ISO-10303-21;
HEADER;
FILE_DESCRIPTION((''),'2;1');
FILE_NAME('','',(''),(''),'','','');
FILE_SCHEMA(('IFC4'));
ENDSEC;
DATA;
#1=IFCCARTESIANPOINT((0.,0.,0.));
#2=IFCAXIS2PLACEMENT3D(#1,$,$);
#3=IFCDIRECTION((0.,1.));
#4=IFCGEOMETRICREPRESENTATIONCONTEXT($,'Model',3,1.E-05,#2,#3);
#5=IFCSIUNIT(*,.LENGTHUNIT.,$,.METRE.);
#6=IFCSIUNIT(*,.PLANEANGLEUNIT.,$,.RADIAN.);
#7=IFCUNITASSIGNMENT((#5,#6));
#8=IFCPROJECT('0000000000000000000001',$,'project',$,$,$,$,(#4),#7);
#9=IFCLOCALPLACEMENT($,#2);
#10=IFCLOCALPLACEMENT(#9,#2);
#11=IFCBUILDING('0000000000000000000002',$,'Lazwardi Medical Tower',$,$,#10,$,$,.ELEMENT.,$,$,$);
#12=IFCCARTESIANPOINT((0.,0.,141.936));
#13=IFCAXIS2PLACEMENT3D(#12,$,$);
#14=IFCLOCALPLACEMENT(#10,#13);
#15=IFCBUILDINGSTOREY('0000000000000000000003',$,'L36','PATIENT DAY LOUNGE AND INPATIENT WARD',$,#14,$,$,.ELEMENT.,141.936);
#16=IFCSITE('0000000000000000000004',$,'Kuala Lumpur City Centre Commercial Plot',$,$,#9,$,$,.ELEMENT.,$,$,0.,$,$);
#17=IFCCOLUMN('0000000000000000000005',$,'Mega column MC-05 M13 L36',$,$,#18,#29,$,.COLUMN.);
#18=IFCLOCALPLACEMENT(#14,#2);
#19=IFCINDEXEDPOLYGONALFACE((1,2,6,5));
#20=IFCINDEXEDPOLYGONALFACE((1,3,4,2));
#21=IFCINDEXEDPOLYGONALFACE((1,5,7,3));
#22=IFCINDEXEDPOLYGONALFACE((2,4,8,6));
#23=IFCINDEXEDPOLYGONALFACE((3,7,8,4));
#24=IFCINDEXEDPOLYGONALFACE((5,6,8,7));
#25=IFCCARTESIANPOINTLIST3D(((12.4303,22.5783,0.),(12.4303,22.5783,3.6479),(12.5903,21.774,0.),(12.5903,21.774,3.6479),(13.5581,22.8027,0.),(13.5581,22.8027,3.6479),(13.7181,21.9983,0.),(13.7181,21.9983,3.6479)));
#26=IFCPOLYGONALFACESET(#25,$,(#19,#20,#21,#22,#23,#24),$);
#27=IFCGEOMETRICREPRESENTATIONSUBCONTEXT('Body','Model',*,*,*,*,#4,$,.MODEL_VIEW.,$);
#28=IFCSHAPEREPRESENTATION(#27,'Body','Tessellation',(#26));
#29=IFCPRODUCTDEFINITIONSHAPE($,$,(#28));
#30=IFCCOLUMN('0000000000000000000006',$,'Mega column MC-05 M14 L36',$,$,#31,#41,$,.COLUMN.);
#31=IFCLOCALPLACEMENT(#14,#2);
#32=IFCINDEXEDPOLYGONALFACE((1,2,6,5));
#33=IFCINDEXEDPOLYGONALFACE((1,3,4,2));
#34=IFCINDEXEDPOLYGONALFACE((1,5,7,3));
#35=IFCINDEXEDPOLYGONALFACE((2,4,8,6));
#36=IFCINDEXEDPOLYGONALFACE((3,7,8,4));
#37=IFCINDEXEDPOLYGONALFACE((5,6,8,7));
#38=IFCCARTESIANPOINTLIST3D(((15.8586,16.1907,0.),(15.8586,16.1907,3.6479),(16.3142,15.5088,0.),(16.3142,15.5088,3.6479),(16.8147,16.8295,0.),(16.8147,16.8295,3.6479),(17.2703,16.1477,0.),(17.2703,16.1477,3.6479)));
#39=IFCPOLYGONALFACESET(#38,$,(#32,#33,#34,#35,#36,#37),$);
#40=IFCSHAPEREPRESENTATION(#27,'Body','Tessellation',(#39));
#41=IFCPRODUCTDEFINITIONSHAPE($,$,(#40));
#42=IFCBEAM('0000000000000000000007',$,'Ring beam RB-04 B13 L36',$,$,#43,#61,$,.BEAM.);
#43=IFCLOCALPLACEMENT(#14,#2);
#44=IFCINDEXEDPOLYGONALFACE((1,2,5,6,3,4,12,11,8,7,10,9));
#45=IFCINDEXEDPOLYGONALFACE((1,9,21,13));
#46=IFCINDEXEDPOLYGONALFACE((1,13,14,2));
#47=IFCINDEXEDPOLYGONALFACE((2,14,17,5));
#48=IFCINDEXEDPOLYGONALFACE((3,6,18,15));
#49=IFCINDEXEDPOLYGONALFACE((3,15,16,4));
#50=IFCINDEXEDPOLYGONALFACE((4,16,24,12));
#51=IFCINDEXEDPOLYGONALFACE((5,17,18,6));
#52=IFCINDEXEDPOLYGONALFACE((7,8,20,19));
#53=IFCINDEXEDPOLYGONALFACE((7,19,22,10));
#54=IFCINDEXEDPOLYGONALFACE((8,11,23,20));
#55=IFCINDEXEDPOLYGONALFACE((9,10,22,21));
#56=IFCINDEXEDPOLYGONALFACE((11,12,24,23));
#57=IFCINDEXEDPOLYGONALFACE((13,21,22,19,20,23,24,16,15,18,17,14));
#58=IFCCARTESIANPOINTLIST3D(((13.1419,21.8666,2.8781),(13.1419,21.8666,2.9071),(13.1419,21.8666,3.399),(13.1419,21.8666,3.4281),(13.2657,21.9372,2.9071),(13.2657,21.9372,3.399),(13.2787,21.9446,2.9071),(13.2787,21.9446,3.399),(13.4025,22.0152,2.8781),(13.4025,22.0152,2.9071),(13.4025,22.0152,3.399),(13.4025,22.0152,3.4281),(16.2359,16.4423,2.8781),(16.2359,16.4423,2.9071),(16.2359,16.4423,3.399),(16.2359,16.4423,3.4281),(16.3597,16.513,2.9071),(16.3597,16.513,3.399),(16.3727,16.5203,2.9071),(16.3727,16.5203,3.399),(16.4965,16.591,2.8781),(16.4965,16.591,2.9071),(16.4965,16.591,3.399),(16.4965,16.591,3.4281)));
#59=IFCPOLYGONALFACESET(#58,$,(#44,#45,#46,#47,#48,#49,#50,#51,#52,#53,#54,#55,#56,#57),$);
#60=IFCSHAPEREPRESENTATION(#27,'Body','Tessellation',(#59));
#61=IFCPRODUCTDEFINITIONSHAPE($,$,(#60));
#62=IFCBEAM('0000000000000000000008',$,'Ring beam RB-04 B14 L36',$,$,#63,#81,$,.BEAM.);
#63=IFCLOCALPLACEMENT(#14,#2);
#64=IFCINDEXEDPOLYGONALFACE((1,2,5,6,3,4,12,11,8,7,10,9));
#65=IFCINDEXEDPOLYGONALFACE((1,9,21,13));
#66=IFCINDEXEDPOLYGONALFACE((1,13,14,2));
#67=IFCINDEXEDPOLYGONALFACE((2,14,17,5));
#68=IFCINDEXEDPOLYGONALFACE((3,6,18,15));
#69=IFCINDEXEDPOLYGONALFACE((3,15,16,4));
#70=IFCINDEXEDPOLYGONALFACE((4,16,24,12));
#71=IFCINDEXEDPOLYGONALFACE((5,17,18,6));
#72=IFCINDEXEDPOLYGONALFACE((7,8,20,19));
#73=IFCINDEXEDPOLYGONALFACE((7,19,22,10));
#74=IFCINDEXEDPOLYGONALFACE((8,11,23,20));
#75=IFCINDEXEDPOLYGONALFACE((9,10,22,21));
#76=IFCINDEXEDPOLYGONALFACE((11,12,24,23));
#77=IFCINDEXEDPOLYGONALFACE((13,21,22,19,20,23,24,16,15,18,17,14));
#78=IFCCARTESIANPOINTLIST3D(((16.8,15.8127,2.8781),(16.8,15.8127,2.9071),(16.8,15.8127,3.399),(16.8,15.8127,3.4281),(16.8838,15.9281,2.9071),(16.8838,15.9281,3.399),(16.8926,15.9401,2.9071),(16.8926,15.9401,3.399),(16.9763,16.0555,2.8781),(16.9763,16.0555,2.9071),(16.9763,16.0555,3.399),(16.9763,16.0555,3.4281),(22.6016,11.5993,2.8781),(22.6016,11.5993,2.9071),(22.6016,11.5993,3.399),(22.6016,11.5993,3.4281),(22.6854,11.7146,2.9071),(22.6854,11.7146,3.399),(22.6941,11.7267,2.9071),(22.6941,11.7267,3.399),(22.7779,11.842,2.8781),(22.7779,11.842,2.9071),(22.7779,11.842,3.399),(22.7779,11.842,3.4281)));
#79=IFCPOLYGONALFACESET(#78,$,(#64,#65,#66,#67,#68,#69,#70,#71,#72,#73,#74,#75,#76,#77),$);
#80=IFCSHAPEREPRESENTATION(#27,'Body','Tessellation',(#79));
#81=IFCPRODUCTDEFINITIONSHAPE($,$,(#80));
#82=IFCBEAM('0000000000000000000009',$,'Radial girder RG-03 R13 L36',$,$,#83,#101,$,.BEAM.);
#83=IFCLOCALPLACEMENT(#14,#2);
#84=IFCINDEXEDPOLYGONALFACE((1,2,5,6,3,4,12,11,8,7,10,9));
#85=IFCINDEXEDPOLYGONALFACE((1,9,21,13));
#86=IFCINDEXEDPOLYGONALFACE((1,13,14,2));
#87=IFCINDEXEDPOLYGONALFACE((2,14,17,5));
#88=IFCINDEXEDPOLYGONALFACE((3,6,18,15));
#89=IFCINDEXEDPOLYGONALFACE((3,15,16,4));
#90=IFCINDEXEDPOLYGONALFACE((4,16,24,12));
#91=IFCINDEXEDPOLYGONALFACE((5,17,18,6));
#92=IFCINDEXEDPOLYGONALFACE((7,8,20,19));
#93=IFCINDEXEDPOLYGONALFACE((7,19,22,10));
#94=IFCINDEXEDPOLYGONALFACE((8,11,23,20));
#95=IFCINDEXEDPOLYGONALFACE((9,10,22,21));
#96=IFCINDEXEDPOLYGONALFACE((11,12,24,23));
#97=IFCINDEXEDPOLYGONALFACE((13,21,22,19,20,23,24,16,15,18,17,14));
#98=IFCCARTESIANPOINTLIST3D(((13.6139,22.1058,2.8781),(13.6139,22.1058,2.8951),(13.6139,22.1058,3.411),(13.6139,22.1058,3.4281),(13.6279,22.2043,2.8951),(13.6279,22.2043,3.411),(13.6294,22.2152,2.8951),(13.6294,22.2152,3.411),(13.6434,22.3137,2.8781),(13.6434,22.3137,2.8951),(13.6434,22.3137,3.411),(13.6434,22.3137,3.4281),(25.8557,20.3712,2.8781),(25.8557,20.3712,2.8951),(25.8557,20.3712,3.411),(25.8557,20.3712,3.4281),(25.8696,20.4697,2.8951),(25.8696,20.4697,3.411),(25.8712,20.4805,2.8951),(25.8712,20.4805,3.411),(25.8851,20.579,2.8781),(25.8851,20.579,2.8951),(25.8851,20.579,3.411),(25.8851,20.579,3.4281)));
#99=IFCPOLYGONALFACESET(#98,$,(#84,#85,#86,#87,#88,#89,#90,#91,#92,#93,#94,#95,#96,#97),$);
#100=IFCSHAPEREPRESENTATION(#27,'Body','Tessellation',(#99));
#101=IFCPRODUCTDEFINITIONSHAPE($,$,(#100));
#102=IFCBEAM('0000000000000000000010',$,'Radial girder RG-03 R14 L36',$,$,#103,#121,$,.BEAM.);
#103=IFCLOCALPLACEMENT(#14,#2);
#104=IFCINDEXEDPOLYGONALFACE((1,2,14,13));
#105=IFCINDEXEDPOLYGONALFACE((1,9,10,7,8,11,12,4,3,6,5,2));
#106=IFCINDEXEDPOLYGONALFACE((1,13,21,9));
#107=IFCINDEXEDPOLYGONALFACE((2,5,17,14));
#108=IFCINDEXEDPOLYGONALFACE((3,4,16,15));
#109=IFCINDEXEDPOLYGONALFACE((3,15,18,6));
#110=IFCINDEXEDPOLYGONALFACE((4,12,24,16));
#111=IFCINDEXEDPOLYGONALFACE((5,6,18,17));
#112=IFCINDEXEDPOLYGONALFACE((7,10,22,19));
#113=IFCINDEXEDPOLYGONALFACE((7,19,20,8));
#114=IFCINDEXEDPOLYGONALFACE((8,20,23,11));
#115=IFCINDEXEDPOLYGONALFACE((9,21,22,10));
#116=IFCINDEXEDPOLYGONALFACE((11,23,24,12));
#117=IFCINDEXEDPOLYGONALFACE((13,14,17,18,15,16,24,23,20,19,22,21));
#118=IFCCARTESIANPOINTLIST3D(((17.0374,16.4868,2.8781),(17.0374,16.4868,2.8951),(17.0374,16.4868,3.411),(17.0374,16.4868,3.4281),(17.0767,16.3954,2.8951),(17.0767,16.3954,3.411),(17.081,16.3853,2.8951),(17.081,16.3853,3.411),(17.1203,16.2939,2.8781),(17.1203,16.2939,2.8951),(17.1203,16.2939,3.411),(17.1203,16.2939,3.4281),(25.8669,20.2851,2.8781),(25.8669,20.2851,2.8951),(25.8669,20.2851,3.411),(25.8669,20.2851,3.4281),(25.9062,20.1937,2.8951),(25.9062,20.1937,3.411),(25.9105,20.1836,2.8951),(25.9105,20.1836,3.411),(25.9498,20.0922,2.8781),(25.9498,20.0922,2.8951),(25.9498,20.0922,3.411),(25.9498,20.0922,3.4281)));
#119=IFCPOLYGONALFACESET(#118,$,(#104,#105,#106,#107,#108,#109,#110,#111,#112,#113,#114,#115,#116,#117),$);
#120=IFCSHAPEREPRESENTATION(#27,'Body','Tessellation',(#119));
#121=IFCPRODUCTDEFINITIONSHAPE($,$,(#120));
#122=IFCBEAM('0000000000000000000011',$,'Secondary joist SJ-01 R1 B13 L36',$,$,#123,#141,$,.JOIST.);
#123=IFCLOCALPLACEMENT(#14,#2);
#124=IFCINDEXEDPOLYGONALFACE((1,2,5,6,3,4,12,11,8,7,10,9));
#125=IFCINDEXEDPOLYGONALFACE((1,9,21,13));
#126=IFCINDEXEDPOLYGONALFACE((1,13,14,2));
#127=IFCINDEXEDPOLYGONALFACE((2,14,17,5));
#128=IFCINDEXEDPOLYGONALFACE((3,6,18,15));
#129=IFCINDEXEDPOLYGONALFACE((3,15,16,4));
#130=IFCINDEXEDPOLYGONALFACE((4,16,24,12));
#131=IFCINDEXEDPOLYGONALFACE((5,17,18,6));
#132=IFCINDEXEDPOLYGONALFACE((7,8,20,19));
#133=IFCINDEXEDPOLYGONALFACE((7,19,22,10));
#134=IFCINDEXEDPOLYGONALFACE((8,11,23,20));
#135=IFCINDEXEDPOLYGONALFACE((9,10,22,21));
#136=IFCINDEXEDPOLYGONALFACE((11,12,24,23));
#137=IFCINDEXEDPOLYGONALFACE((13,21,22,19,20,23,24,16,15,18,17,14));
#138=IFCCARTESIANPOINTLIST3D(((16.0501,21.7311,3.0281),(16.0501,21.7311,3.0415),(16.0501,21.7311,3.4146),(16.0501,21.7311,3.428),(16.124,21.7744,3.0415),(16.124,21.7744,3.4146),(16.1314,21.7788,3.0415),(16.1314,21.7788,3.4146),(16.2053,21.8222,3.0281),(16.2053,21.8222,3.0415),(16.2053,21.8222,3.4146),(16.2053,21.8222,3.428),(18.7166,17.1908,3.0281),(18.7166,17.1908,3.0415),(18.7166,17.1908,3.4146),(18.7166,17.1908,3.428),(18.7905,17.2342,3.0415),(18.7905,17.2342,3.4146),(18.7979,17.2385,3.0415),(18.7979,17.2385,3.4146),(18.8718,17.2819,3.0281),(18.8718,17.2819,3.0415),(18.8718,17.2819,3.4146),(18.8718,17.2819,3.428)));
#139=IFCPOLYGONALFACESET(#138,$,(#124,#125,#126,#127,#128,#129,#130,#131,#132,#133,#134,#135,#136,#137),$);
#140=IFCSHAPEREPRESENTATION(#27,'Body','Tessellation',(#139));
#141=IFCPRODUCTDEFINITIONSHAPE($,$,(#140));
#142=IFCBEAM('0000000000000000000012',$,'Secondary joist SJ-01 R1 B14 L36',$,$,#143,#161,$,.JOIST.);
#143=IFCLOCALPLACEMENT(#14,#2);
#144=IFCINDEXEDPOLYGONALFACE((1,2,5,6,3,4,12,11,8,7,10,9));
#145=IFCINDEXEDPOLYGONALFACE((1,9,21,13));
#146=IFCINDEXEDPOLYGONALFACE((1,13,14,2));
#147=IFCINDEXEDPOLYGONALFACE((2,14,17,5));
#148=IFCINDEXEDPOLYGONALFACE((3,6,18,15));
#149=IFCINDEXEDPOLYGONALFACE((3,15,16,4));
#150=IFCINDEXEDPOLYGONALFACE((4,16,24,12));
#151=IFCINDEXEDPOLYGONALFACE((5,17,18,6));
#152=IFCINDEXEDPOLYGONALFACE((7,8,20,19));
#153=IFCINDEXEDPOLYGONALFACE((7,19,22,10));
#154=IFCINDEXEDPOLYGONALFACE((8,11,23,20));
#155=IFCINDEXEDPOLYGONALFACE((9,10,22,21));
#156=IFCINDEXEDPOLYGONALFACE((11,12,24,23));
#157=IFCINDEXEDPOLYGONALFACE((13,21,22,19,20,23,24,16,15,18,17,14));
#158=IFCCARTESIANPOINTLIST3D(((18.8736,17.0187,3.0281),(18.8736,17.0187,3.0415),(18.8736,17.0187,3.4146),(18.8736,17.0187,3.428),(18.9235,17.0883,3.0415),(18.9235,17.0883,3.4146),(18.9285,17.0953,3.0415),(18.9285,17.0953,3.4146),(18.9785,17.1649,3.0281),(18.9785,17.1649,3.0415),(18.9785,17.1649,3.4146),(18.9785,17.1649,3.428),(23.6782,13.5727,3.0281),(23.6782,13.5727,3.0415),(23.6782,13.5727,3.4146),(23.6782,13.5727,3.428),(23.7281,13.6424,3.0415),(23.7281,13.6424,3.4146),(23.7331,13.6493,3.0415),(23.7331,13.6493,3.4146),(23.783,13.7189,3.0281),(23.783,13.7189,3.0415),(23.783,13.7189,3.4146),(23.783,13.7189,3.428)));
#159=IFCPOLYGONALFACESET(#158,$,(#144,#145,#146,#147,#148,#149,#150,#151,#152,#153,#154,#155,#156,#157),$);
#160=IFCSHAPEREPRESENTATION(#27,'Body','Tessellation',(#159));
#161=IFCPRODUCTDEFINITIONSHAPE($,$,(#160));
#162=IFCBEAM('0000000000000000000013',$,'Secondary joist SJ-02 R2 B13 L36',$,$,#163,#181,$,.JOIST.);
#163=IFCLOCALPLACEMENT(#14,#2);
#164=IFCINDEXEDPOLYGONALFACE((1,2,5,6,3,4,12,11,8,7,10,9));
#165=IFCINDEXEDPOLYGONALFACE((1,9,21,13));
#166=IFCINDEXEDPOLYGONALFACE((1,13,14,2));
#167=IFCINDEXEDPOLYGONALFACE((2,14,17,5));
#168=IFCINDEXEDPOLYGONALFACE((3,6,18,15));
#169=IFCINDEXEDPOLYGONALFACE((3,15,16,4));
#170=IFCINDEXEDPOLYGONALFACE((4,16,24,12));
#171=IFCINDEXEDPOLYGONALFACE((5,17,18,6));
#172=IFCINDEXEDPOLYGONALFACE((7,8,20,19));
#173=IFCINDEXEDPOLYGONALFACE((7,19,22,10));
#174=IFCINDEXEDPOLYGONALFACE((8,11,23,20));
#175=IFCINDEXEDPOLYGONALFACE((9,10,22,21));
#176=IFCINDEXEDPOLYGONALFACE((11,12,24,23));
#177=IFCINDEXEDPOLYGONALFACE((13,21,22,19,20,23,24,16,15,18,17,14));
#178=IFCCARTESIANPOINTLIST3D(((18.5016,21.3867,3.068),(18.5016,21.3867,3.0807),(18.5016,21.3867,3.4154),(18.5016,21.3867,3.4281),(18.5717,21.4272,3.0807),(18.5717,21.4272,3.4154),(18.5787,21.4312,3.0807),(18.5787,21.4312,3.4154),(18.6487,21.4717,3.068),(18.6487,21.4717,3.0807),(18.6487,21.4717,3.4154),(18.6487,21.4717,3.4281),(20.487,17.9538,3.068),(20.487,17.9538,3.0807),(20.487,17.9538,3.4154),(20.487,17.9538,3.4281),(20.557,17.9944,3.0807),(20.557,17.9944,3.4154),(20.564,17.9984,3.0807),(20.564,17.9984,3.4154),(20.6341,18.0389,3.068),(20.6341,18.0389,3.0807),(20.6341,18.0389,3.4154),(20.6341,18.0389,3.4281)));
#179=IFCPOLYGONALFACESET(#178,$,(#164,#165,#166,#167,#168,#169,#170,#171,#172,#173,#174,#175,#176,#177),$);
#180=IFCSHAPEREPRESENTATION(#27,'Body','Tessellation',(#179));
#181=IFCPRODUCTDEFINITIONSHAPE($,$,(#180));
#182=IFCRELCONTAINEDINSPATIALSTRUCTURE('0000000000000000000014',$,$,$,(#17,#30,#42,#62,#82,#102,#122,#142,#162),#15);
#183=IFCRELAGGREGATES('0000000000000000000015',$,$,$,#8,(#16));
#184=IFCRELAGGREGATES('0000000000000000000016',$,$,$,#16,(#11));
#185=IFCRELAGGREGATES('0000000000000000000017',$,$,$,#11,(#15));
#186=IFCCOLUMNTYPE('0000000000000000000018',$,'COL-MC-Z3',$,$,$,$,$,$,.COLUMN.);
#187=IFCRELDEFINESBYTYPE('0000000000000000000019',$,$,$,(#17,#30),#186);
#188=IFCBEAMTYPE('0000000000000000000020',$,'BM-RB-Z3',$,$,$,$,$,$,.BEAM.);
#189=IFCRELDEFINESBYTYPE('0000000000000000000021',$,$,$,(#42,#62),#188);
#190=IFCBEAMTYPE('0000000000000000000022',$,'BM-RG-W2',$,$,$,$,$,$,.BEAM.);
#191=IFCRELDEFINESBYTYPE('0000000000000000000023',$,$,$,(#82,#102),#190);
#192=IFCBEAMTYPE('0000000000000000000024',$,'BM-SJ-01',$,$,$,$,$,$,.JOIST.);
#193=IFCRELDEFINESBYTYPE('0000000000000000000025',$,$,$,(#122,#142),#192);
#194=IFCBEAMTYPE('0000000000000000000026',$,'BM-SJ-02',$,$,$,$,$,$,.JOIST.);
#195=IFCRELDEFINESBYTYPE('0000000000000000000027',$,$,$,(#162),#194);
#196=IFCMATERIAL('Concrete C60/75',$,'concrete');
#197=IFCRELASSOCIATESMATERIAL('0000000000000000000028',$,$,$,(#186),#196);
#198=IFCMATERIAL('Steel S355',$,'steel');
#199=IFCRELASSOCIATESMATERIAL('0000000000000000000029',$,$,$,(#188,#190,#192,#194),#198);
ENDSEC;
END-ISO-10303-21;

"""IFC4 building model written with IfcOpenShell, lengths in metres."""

from ifc_helpers import new_model, si_unit, direction, frame, origin, origin_2d, place, context, subcontext, project, spatial, rectangle, i_section, extrude, material, material_profile, profile_set, type_object, element, save


model = new_model("IFC4")

# Units and contexts
model_context = context("Model", 3, precision=1e-05, world=origin(), true_north=direction((0.0, 1.0)))
body_context = subcontext(model_context, "Body", "Model", "MODEL_VIEW")
ifc_project = project(units=[si_unit("LENGTHUNIT", "METRE"), si_unit("PLANEANGLEUNIT", "RADIAN")], contexts=[model_context])

# Site, building, storey
site_placement = place(None, origin())
site = spatial("IfcSite", under=ifc_project, at=site_placement, Name="Kuala Lumpur City Centre Commercial Plot", CompositionType="ELEMENT", RefElevation=0.0)
building_placement = place(site_placement, origin())
building = spatial("IfcBuilding", under=site, at=building_placement, Name="Lazwardi Medical Tower", CompositionType="ELEMENT")
storey_placement = place(building_placement, frame((0.0, 0.0, 141.936)))
storey = spatial("IfcBuildingStorey", under=building, at=storey_placement, Name="L36", Description="PATIENT DAY LOUNGE AND INPATIENT WARD", CompositionType="ELEMENT", Elevation=141.936)

# Columns
ifc_material_1 = material(Name="Concrete C60/75", Category="concrete")
ifc_material_profile_1 = material_profile(ifc_material_1, rectangle(XDim=1.1499, YDim=0.8201, at=origin_2d()), Name="CFT-RECT 1150x820")
ifc_profile_set_1 = profile_set([ifc_material_profile_1], Name="Concrete C60/75")
column_type = type_object("IfcColumnType", Name="COL-MC-Z3", PredefinedType="COLUMN", material=ifc_profile_set_1)
for number, where, z_axis, x_axis, name in (
    (1, (13.0742, 22.2883, 0.0), (0.0, 0.0, 1.0), (-0.980785, -0.19509, 0.0), "Mega column MC-05 M13 L36"),
    (2, (16.5645, 16.1692, 0.0), (0.0, 0.0, 1.0), (-0.83147, -0.55557, 0.0), "Mega column MC-05 M14 L36"),
):
    element("IfcColumn", number, at=place(storey_placement, frame(where, z_axis=z_axis, x_axis=x_axis)), inside=storey, type_object=column_type, Name=name, PredefinedType="COLUMN", context=body_context, shape_type="SweptSolid", body=[
        extrude(rectangle(XDim=1.1499, YDim=0.8201, at=origin_2d()), origin(), (0.0, 0.0, 1.0), 3.6479),
    ])

# Beams
ifc_material_2 = material(Name="Steel S355", Category="steel")
ifc_material_profile_2 = material_profile(ifc_material_2, i_section(OverallWidth=0.3, OverallDepth=0.55, WebThickness=0.0149, FlangeThickness=0.0291, at=origin_2d()), Name="HEB 550")
ifc_profile_set_2 = profile_set([ifc_material_profile_2], Name="Steel S355")
beam_type_1 = type_object("IfcBeamType", Name="BM-RB-Z3", PredefinedType="BEAM", material=ifc_profile_set_2)
beam_1_placement = place(storey_placement, frame((13.2722, 21.9409, 3.1531), z_axis=(0.495461, -0.86863, 0.0), x_axis=(0.86863, 0.495461, 0.0)))
element("IfcBeam", 3, at=beam_1_placement, inside=storey, type_object=beam_type_1, Name="Ring beam RB-04 B13 L36", PredefinedType="BEAM", context=body_context, shape_type="SweptSolid", body=[
    extrude(i_section(OverallWidth=0.3, OverallDepth=0.55, WebThickness=0.0149, FlangeThickness=0.0291, at=origin_2d()), origin(), (0.0, 0.0, 1.0), 6.2446),
])
beam_2_placement = place(storey_placement, frame((16.8882, 15.9341, 3.1531), z_axis=(0.809128, -0.587633, 0.0), x_axis=(0.587633, 0.809128, 0.0)))
element("IfcBeam", 4, at=beam_2_placement, inside=storey, type_object=beam_type_1, Name="Ring beam RB-04 B14 L36", PredefinedType="BEAM", context=body_context, shape_type="SweptSolid", body=[
    extrude(i_section(OverallWidth=0.3, OverallDepth=0.55, WebThickness=0.0149, FlangeThickness=0.0291, at=origin_2d()), origin(), (0.0, 0.0, 1.0), 7.1702),
])
ifc_material_profile_3 = material_profile(ifc_material_2, i_section(OverallWidth=0.21, OverallDepth=0.55, WebThickness=0.011, FlangeThickness=0.0171, at=origin_2d()), Name="IPE 550")
ifc_profile_set_3 = profile_set([ifc_material_profile_3], Name="Steel S355")
beam_type_2 = type_object("IfcBeamType", Name="BM-RG-W2", PredefinedType="BEAM", material=ifc_profile_set_3)
beam_3_placement = place(storey_placement, frame((13.6287, 22.2097, 3.1531), z_axis=(0.99011, -0.140296, 0.0), x_axis=(0.140296, 0.99011, 0.0)))
element("IfcBeam", 5, at=beam_3_placement, inside=storey, type_object=beam_type_2, Name="Radial girder RG-03 R13 L36", PredefinedType="BEAM", context=body_context, shape_type="SweptSolid", body=[
    extrude(i_section(OverallWidth=0.21, OverallDepth=0.55, WebThickness=0.011, FlangeThickness=0.0171, at=origin_2d()), origin(), (0.0, 0.0, 1.0), 12.364),
])
beam_4_placement = place(storey_placement, frame((17.0789, 16.3904, 3.1531), z_axis=(0.918608, 0.39517, 0.0), x_axis=(-0.39517, 0.918608, 0.0)))
element("IfcBeam", 6, at=beam_4_placement, inside=storey, type_object=beam_type_2, Name="Radial girder RG-03 R14 L36", PredefinedType="BEAM", context=body_context, shape_type="SweptSolid", body=[
    extrude(i_section(OverallWidth=0.21, OverallDepth=0.55, WebThickness=0.011, FlangeThickness=0.0171, at=origin_2d()), origin(), (0.0, 0.0, 1.0), 9.6118),
])
ifc_material_profile_4 = material_profile(ifc_material_2, i_section(OverallWidth=0.1799, OverallDepth=0.3999, WebThickness=0.0085, FlangeThickness=0.0134, at=origin_2d()), Name="IPE 400")
ifc_profile_set_4 = profile_set([ifc_material_profile_4], Name="Steel S355")
beam_type_3 = type_object("IfcBeamType", Name="BM-SJ-01", PredefinedType="JOIST", material=ifc_profile_set_4)
beam_5_placement = place(storey_placement, frame((16.1277, 21.7766, 3.228), z_axis=(0.50642, -0.862287, 0.0), x_axis=(0.862287, 0.50642, 0.0)))
element("IfcBeam", 7, at=beam_5_placement, inside=storey, type_object=beam_type_3, Name="Secondary joist SJ-01 R1 B13 L36", PredefinedType="JOIST", context=body_context, shape_type="SweptSolid", body=[
    extrude(i_section(OverallWidth=0.1799, OverallDepth=0.3999, WebThickness=0.0085, FlangeThickness=0.0134, at=origin_2d()), origin(), (0.0, 0.0, 1.0), 5.2654),
])
beam_6_placement = place(storey_placement, frame((18.926, 17.0918, 3.228), z_axis=(0.812602, -0.582819, 0.0), x_axis=(0.582819, 0.812602, 0.0)))
element("IfcBeam", 8, at=beam_6_placement, inside=storey, type_object=beam_type_3, Name="Secondary joist SJ-01 R1 B14 L36", PredefinedType="JOIST", context=body_context, shape_type="SweptSolid", body=[
    extrude(i_section(OverallWidth=0.1799, OverallDepth=0.3999, WebThickness=0.0085, FlangeThickness=0.0134, at=origin_2d()), origin(), (0.0, 0.0, 1.0), 5.9126),
])
ifc_material_profile_5 = material_profile(ifc_material_2, i_section(OverallWidth=0.1699, OverallDepth=0.3601, WebThickness=0.0081, FlangeThickness=0.0127, at=origin_2d()), Name="IPE 360")
ifc_profile_set_5 = profile_set([ifc_material_profile_5], Name="Steel S355")
beam_type_4 = type_object("IfcBeamType", Name="BM-SJ-02", PredefinedType="JOIST", material=ifc_profile_set_5)
beam_7_placement = place(storey_placement, frame((18.5752, 21.4292, 3.248), z_axis=(0.500641, -0.865655, 0.0), x_axis=(0.865655, 0.500641, 0.0)))
element("IfcBeam", 9, at=beam_7_placement, inside=storey, type_object=beam_type_4, Name="Secondary joist SJ-02 R2 B13 L36", PredefinedType="JOIST", context=body_context, shape_type="SweptSolid", body=[
    extrude(i_section(OverallWidth=0.1699, OverallDepth=0.3601, WebThickness=0.0081, FlangeThickness=0.0127, at=origin_2d()), origin(), (0.0, 0.0, 1.0), 3.9656),
])

save(model, "model.ifc")
